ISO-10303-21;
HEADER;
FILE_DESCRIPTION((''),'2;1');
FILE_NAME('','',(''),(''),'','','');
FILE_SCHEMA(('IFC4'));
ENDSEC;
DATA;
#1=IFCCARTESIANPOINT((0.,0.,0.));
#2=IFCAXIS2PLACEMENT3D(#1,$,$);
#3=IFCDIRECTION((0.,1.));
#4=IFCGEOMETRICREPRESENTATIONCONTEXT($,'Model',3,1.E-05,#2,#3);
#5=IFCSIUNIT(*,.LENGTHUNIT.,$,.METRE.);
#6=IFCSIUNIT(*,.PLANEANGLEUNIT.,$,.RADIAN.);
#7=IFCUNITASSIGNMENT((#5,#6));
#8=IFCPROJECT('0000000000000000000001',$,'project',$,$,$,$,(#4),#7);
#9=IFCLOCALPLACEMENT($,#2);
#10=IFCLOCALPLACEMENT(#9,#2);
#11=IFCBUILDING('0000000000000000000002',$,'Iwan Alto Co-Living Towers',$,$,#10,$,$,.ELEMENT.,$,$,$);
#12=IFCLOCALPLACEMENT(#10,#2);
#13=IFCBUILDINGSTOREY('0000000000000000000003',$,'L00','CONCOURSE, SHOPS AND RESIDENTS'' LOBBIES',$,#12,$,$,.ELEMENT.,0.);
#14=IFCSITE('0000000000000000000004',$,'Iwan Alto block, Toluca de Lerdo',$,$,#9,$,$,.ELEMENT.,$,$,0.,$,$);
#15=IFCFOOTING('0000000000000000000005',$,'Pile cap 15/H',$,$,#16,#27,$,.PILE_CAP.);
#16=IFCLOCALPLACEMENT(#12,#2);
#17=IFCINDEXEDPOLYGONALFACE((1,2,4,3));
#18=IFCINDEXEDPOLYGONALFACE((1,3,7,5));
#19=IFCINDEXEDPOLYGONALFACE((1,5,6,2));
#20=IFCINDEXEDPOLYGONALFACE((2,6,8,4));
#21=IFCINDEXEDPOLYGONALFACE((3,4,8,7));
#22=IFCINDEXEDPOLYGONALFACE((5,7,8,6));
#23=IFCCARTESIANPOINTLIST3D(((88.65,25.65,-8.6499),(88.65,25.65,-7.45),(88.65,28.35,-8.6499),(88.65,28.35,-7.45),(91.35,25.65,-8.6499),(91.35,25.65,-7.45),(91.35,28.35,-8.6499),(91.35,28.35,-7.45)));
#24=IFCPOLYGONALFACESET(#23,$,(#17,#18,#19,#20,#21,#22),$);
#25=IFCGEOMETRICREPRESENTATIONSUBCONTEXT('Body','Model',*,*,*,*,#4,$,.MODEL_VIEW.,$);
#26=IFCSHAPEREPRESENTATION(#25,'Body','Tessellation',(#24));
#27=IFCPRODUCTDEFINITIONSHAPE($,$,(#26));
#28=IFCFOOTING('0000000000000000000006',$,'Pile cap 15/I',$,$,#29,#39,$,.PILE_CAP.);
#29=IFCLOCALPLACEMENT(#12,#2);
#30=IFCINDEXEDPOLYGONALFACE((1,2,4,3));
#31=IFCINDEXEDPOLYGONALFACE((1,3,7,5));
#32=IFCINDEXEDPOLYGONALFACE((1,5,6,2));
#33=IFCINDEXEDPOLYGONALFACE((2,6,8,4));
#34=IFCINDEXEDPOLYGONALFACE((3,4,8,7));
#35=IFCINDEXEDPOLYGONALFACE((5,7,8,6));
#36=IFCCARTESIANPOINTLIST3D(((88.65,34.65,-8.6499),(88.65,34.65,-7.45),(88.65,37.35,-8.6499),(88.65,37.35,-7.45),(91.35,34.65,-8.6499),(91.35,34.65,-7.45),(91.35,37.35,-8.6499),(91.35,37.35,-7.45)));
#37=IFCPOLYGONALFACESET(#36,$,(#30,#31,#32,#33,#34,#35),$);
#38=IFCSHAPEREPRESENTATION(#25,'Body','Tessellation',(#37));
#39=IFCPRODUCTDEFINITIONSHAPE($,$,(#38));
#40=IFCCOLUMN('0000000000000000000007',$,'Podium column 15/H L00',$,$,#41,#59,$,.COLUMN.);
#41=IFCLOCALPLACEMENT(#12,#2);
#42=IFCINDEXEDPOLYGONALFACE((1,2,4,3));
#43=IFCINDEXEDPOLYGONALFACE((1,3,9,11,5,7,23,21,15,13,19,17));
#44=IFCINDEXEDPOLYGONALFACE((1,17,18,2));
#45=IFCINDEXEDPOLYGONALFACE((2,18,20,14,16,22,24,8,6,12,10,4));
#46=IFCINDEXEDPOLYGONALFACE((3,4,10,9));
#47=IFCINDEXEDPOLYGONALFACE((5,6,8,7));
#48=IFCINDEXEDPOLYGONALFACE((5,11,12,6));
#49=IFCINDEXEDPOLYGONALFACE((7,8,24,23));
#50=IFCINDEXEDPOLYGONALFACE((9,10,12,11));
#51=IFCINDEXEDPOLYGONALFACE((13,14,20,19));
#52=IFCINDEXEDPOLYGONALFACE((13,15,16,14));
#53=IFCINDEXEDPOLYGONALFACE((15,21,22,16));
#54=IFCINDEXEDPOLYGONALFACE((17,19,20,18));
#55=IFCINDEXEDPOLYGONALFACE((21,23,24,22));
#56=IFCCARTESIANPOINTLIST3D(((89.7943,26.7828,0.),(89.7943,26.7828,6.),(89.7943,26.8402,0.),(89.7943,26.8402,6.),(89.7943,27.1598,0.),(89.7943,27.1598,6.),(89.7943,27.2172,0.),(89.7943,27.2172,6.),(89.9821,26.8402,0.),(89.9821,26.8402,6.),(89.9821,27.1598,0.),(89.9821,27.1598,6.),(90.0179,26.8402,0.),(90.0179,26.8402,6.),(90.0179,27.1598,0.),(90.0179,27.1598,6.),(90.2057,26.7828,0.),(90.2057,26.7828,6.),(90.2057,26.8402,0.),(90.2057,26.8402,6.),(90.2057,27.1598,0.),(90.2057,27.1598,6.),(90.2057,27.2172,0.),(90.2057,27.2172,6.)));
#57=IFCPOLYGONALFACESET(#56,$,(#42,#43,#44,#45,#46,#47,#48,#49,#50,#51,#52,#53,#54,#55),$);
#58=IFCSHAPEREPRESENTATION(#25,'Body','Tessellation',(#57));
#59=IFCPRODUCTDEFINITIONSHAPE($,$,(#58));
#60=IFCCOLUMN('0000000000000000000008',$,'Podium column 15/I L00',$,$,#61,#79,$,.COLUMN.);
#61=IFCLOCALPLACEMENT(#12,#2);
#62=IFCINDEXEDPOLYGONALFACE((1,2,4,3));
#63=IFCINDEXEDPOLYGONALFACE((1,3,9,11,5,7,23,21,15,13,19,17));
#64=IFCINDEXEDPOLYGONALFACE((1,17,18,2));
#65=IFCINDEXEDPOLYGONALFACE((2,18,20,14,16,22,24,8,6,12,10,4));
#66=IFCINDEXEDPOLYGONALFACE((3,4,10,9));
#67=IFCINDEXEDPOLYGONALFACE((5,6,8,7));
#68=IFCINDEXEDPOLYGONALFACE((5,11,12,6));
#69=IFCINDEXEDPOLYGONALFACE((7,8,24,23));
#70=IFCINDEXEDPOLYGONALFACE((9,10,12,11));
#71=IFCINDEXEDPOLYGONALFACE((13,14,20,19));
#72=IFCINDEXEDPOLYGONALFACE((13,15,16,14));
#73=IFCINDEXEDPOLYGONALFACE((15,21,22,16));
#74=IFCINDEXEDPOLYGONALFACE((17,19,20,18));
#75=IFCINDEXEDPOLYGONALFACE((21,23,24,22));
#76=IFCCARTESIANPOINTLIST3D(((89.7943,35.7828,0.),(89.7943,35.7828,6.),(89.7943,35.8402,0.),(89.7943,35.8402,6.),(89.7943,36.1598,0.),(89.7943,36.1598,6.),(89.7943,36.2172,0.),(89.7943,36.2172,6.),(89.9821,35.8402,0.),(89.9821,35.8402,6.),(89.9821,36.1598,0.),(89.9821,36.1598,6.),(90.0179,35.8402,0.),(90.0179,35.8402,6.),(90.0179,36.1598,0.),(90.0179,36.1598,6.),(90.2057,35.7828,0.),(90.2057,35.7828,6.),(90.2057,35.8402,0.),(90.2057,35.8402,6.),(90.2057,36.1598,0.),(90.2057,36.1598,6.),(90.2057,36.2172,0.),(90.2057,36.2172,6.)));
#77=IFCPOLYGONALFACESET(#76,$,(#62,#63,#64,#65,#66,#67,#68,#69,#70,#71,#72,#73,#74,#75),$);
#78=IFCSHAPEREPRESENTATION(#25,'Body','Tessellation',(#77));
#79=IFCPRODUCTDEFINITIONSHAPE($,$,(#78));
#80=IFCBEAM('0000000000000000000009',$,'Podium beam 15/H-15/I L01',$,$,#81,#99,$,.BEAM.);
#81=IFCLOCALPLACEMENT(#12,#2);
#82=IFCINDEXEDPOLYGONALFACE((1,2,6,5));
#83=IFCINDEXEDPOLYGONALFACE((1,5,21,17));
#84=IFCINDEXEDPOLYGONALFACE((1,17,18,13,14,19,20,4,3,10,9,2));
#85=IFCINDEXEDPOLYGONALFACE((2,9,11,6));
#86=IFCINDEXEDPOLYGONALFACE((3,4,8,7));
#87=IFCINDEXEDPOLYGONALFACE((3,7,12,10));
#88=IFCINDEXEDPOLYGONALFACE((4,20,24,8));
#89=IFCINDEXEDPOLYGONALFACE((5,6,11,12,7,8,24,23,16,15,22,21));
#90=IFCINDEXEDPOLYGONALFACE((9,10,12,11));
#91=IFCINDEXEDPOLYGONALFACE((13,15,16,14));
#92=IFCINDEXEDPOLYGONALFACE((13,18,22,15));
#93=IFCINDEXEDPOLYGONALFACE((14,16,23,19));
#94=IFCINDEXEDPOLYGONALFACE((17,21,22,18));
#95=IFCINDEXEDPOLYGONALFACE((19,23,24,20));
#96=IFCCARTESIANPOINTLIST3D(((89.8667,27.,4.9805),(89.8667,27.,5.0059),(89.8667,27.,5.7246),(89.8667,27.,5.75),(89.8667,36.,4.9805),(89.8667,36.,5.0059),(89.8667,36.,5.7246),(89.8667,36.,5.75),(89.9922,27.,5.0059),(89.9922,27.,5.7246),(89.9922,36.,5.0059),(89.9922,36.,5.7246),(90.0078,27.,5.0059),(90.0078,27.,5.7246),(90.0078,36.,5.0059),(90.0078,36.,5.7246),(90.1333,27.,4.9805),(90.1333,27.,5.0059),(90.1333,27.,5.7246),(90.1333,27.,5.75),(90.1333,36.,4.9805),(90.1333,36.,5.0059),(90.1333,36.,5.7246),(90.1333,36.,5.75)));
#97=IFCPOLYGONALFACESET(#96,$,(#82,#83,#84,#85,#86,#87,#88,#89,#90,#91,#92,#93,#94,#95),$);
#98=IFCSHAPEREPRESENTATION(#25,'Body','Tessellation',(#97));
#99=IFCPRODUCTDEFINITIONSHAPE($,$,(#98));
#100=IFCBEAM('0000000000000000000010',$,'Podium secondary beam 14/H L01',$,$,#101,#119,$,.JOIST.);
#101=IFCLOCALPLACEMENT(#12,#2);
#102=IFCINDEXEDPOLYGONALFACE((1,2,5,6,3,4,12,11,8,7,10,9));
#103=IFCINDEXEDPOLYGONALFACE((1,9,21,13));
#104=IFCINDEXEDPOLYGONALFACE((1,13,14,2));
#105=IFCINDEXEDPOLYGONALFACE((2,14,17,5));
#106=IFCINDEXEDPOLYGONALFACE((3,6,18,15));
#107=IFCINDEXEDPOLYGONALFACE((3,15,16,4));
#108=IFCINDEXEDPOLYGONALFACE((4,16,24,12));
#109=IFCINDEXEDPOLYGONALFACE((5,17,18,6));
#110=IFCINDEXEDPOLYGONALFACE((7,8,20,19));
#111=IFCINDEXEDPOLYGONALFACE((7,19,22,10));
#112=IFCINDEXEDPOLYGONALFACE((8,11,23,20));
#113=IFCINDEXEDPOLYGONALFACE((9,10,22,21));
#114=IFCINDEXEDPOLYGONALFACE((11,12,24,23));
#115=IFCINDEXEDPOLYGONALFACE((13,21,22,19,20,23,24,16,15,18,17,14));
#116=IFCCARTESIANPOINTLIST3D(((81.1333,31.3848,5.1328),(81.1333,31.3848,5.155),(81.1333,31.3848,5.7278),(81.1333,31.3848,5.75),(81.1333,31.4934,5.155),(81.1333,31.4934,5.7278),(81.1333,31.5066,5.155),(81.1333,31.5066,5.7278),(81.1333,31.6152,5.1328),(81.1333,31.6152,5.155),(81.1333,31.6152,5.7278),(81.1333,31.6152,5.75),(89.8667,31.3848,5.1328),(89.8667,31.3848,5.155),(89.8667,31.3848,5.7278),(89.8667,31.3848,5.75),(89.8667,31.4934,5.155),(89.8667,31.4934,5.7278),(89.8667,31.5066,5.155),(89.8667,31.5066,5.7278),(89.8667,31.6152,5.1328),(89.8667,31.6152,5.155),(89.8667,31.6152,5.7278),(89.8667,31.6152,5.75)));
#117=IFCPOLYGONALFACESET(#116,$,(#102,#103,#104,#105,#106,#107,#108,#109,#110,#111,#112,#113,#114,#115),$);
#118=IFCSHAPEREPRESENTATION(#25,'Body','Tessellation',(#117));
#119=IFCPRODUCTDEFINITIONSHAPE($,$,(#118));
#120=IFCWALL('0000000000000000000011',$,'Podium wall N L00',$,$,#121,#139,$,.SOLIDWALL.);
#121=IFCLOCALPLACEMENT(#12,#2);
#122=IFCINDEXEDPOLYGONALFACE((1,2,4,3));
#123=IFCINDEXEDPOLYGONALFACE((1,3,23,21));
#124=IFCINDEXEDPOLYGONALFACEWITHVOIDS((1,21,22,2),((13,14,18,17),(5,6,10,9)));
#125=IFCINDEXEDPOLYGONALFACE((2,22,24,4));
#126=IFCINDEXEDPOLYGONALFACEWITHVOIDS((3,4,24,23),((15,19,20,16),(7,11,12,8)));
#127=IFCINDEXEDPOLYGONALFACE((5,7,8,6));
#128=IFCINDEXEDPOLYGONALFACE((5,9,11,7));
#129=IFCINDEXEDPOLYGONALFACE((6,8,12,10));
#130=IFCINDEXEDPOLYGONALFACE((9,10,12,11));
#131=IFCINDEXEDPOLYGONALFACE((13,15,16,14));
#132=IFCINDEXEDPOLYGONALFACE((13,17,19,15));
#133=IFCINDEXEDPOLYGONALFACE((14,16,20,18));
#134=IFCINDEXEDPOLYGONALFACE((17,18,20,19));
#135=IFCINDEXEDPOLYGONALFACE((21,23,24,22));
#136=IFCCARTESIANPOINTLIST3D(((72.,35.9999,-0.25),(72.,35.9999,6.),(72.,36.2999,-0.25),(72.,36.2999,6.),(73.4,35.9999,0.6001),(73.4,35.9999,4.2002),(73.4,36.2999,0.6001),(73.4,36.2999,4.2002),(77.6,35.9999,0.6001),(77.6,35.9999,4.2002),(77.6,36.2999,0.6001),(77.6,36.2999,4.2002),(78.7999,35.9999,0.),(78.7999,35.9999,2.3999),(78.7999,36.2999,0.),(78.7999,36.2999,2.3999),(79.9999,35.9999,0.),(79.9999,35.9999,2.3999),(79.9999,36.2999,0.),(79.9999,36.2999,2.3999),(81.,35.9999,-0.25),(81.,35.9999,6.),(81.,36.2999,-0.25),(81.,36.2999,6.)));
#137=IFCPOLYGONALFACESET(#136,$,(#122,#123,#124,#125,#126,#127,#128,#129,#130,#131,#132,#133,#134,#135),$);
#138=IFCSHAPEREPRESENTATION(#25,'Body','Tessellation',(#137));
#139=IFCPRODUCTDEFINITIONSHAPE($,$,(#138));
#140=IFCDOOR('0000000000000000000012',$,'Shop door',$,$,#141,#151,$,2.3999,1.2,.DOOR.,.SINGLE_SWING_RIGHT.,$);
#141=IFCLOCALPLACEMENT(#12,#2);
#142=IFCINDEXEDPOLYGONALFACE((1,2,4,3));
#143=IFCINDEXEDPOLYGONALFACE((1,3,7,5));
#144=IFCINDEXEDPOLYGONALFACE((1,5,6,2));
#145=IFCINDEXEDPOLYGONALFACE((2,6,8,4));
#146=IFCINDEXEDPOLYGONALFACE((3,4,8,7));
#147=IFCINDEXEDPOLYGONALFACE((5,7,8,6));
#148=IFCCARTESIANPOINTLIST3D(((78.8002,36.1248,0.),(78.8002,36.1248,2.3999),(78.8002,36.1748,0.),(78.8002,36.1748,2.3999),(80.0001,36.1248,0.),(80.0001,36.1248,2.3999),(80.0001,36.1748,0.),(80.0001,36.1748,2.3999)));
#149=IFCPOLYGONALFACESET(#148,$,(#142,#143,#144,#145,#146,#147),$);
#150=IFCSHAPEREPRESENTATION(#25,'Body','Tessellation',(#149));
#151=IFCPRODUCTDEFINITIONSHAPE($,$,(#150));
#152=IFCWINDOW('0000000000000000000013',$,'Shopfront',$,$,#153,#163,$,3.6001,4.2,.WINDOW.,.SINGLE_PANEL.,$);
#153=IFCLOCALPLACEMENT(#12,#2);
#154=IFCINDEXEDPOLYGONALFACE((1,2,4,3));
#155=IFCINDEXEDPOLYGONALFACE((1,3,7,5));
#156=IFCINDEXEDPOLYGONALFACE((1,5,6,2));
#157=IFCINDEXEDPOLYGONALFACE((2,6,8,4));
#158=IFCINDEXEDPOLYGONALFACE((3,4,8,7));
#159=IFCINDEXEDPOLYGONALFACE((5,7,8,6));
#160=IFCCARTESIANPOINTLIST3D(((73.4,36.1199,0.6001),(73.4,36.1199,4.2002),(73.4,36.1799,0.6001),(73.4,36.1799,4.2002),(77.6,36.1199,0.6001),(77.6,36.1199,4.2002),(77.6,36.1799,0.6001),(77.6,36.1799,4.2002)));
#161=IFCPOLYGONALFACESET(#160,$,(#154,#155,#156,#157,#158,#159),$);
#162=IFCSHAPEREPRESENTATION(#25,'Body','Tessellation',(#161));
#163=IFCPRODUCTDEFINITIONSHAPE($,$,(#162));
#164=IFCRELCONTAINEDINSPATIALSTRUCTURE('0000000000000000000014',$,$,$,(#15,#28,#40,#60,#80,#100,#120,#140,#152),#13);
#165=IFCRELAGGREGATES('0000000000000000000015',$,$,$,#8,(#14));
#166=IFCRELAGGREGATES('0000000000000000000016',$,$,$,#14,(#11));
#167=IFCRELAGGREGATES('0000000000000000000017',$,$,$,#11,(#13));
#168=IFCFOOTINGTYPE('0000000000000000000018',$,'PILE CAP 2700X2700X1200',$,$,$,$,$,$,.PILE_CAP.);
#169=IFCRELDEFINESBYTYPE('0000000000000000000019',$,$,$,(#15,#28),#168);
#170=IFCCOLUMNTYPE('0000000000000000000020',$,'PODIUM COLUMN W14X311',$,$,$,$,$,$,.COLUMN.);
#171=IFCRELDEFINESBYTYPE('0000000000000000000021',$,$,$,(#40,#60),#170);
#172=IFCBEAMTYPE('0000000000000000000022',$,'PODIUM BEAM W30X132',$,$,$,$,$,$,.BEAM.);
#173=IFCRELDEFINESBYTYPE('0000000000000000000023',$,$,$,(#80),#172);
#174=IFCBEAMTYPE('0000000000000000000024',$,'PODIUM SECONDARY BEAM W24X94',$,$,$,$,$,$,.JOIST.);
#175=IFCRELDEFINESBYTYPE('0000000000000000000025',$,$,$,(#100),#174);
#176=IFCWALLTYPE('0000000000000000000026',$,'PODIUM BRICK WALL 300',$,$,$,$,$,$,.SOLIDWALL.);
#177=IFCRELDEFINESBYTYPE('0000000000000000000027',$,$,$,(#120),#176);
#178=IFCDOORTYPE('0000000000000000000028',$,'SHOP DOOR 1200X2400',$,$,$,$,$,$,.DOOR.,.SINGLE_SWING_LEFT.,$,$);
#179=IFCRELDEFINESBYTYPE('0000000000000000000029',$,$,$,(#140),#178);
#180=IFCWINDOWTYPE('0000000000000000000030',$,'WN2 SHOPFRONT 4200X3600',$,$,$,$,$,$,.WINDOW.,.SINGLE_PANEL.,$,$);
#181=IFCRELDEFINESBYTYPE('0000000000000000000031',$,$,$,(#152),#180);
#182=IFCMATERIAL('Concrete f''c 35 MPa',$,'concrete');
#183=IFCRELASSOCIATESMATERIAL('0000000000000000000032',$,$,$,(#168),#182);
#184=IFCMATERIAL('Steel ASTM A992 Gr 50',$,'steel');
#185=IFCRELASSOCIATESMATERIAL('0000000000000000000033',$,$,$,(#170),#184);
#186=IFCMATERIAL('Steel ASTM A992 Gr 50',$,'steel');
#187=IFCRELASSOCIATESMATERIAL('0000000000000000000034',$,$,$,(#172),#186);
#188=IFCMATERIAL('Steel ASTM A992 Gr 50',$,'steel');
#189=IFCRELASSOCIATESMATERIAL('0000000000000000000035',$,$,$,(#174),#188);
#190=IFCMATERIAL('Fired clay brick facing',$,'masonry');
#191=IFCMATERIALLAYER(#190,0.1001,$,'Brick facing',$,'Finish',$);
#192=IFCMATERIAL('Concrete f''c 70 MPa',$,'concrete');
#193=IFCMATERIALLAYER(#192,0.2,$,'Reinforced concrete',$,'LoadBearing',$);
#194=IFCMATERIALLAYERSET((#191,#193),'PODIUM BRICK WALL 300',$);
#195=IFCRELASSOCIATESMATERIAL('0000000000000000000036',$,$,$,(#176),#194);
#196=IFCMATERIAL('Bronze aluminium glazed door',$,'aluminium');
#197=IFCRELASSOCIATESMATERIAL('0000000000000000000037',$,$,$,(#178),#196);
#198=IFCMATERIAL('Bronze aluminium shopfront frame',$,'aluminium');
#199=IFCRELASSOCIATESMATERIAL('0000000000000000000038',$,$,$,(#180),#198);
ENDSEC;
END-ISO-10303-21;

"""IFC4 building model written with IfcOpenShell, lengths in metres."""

from ifc_helpers import new_model, si_unit, direction, frame, frame_2d, origin, origin_2d, place, context, subcontext, project, spatial, rectangle, i_section, extrude, material, layer, layer_set, material_profile, profile_set, type_object, element, fill, save


model = new_model("IFC4")

# Units and contexts
model_context = context("Model", 3, precision=1e-05, world=origin(), true_north=direction((0.0, 1.0)))
body_context = subcontext(model_context, "Body", "Model", "MODEL_VIEW")
ifc_project = project(units=[si_unit("LENGTHUNIT", "METRE"), si_unit("PLANEANGLEUNIT", "RADIAN")], contexts=[model_context])

# Site, building, storey
site_placement = place(None, origin())
site = spatial("IfcSite", under=ifc_project, at=site_placement, Name="Iwan Alto block, Toluca de Lerdo", CompositionType="ELEMENT", RefElevation=0.0)
building_placement = place(site_placement, origin())
building = spatial("IfcBuilding", under=site, at=building_placement, Name="Iwan Alto Co-Living Towers", CompositionType="ELEMENT")
storey_placement = place(building_placement, origin())
storey = spatial("IfcBuildingStorey", under=building, at=storey_placement, Name="L00", Description="CONCOURSE, SHOPS AND RESIDENTS' LOBBIES", CompositionType="ELEMENT", Elevation=0.0)

# Footings
ifc_material_1 = material(Name="Concrete f'c 35 MPa", Category="concrete")
footing_type_1 = type_object("IfcFootingType", Name="PILE CAP 2700X2700X1200", PredefinedType="PILE_CAP", material=ifc_material_1)
for number, where, z_axis, x_axis, name in (
    (1, (90.0, 27.0, -8.6499), (0.0, 0.0, 1.0), (1.0, 0.0, 0.0), "Pile cap 15/H"),
    (2, (90.0, 36.0, -8.6499), (0.0, 0.0, 1.0), (1.0, 0.0, 0.0), "Pile cap 15/I"),
):
    element("IfcFooting", number, at=place(storey_placement, frame(where, z_axis=z_axis, x_axis=x_axis)), inside=storey, type_object=footing_type_1, Name=name, PredefinedType="PILE_CAP", context=body_context, shape_type="SweptSolid", body=[
        extrude(rectangle(XDim=2.7, YDim=2.7, at=origin_2d()), origin(), (0.0, 0.0, 1.0), 1.2),
    ])

# Columns
ifc_material_2 = material(Name="Steel ASTM A992 Gr 50", Category="steel")
ifc_material_profile_1 = material_profile(ifc_material_2, i_section(OverallWidth=0.4114, OverallDepth=0.4343, WebThickness=0.0359, FlangeThickness=0.0574, at=origin_2d()), Name="W14X311")
ifc_profile_set_1 = profile_set([ifc_material_profile_1], Name="Steel ASTM A992 Gr 50")
column_type = type_object("IfcColumnType", Name="PODIUM COLUMN W14X311", PredefinedType="COLUMN", material=ifc_profile_set_1)
for number, where, z_axis, x_axis, name in (
    (3, (90.0, 27.0, 0.0), (0.0, 0.0, 1.0), (1.0, 0.0, 0.0), "Podium column 15/H L00"),
    (4, (90.0, 36.0, 0.0), (0.0, 0.0, 1.0), (1.0, 0.0, 0.0), "Podium column 15/I L00"),
):
    element("IfcColumn", number, at=place(storey_placement, frame(where, z_axis=z_axis, x_axis=x_axis)), inside=storey, type_object=column_type, Name=name, PredefinedType="COLUMN", context=body_context, shape_type="SweptSolid", body=[
        extrude(i_section(OverallWidth=0.4114, OverallDepth=0.4343, WebThickness=0.0359, FlangeThickness=0.0574, at=origin_2d()), origin(), (0.0, 0.0, 1.0), 6.0),
    ])

# Beams
ifc_material_3 = material(Name="Steel ASTM A992 Gr 50", Category="steel")
ifc_material_profile_2 = material_profile(ifc_material_3, i_section(OverallWidth=0.2666, OverallDepth=0.7695, WebThickness=0.0156, FlangeThickness=0.0254, at=origin_2d()), Name="W30X132")
ifc_profile_set_2 = profile_set([ifc_material_profile_2], Name="Steel ASTM A992 Gr 50")
beam_type_1 = type_object("IfcBeamType", Name="PODIUM BEAM W30X132", PredefinedType="BEAM", material=ifc_profile_set_2)
beam_1_placement = place(storey_placement, frame((90.0, 27.0, 5.3652), z_axis=(0.0, 1.0, 0.0), x_axis=(-1.0, 0.0, 0.0)))
element("IfcBeam", 5, at=beam_1_placement, inside=storey, type_object=beam_type_1, Name="Podium beam 15/H-15/I L01", PredefinedType="BEAM", context=body_context, shape_type="SweptSolid", body=[
    extrude(i_section(OverallWidth=0.2666, OverallDepth=0.7695, WebThickness=0.0156, FlangeThickness=0.0254, at=origin_2d()), origin(), (0.0, 0.0, 1.0), 9.0),
])
ifc_material_4 = material(Name="Steel ASTM A992 Gr 50", Category="steel")
ifc_material_profile_3 = material_profile(ifc_material_4, i_section(OverallWidth=0.2305, OverallDepth=0.6172, WebThickness=0.0132, FlangeThickness=0.0222, at=origin_2d()), Name="W24X94")
ifc_profile_set_3 = profile_set([ifc_material_profile_3], Name="Steel ASTM A992 Gr 50")
beam_type_2 = type_object("IfcBeamType", Name="PODIUM SECONDARY BEAM W24X94", PredefinedType="JOIST", material=ifc_profile_set_3)
beam_2_placement = place(storey_placement, frame((81.1333, 31.5, 5.4414), z_axis=(1.0, 0.0, 0.0), x_axis=(0.0, 1.0, 0.0)))
element("IfcBeam", 6, at=beam_2_placement, inside=storey, type_object=beam_type_2, Name="Podium secondary beam 14/H L01", PredefinedType="JOIST", context=body_context, shape_type="SweptSolid", body=[
    extrude(i_section(OverallWidth=0.2305, OverallDepth=0.6172, WebThickness=0.0132, FlangeThickness=0.0222, at=origin_2d()), origin(), (0.0, 0.0, 1.0), 8.7334),
])

# Wall, openings, door, window
ifc_material_5 = material(Name="Fired clay brick facing", Category="masonry")
ifc_layer_1 = layer(ifc_material_5, 0.1001, Name="Brick facing", Category="Finish")
ifc_material_6 = material(Name="Concrete f'c 70 MPa", Category="concrete")
ifc_layer_2 = layer(ifc_material_6, 0.2, Name="Reinforced concrete", Category="LoadBearing")
ifc_layer_set = layer_set([ifc_layer_1, ifc_layer_2], Name="PODIUM BRICK WALL 300")
wall_type = type_object("IfcWallType", Name="PODIUM BRICK WALL 300", PredefinedType="SOLIDWALL", material=ifc_layer_set)
wall_1_placement = place(storey_placement, frame((81.0, 36.1499, -0.25), z_axis=(0.0, 0.0, 1.0), x_axis=(-1.0, 0.0, 0.0)))
wall_1 = element("IfcWall", 7, at=wall_1_placement, inside=storey, type_object=wall_type, Name="Podium wall N L00", PredefinedType="SOLIDWALL", context=body_context, shape_type="SweptSolid", body=[
    extrude(rectangle(XDim=9.0, YDim=0.3, at=frame_2d((4.5, 0.0))), origin(), (0.0, 0.0, 1.0), 6.25),
])
opening_1_placement = place(wall_1_placement, frame((1.0, 0.0, 0.25)))
opening_1 = element("IfcOpeningElement", 8, at=opening_1_placement, cuts=wall_1, PredefinedType="OPENING", context=body_context, shape_type="SweptSolid", body=[
    extrude(rectangle(XDim=1.2, YDim=2.3999, at=frame_2d((0.6001, 1.2))), frame((0.0, 0.1599, 0.0), z_axis=(0.0, -1.0, 0.0), x_axis=(1.0, 0.0, 0.0)), (0.0, 0.0, 1.0), 0.3201),
])
opening_2_placement = place(wall_1_placement, frame((3.3999, 0.0, 0.8501)))
opening_2 = element("IfcOpeningElement", 9, at=opening_2_placement, cuts=wall_1, PredefinedType="OPENING", context=body_context, shape_type="SweptSolid", body=[
    extrude(rectangle(XDim=4.2, YDim=3.6001, at=frame_2d((2.1001, 1.8))), frame((0.0, 0.1599, 0.0), z_axis=(0.0, -1.0, 0.0), x_axis=(1.0, 0.0, 0.0)), (0.0, 0.0, 1.0), 0.3201),
])
ifc_material_7 = material(Name="Bronze aluminium glazed door", Category="aluminium")
door_type = type_object("IfcDoorType", Name="SHOP DOOR 1200X2400", OperationType="SINGLE_SWING_LEFT", PredefinedType="DOOR", material=ifc_material_7)
door_placement = place(opening_1_placement, frame((1.2, 0.0, 0.0), z_axis=(0.0, 0.0, 1.0), x_axis=(-1.0, 0.0, 0.0)))
door = element("IfcDoor", 10, at=door_placement, inside=storey, type_object=door_type, Name="Shop door", OperationType="SINGLE_SWING_RIGHT", OverallHeight=2.3999, OverallWidth=1.2, PredefinedType="DOOR", context=body_context, shape_type="SweptSolid", body=[
    extrude(rectangle(XDim=1.2, YDim=2.3999, at=frame_2d((0.6001, 1.2))), frame((0.0, 0.0249, 0.0), z_axis=(0.0, -1.0, 0.0), x_axis=(1.0, 0.0, 0.0)), (0.0, 0.0, 1.0), 0.05),
])
fill(opening_1, door)
ifc_material_8 = material(Name="Bronze aluminium shopfront frame", Category="aluminium")
window_type_1 = type_object("IfcWindowType", Name="WN2 SHOPFRONT 4200X3600", PartitioningType="SINGLE_PANEL", PredefinedType="WINDOW", material=ifc_material_8)
window_1_placement = place(opening_2_placement, origin())
window_1 = element("IfcWindow", 11, at=window_1_placement, inside=storey, type_object=window_type_1, Name="Shopfront", OverallHeight=3.6001, OverallWidth=4.2, PartitioningType="SINGLE_PANEL", PredefinedType="WINDOW", context=body_context, shape_type="SweptSolid", body=[
    extrude(rectangle(XDim=4.2, YDim=3.6001, at=frame_2d((2.1001, 1.8))), frame((0.0, 0.03, 0.0), z_axis=(0.0, -1.0, 0.0), x_axis=(1.0, 0.0, 0.0)), (0.0, 0.0, 1.0), 0.0601),
])
fill(opening_2, window_1)

save(model, "model.ifc")
